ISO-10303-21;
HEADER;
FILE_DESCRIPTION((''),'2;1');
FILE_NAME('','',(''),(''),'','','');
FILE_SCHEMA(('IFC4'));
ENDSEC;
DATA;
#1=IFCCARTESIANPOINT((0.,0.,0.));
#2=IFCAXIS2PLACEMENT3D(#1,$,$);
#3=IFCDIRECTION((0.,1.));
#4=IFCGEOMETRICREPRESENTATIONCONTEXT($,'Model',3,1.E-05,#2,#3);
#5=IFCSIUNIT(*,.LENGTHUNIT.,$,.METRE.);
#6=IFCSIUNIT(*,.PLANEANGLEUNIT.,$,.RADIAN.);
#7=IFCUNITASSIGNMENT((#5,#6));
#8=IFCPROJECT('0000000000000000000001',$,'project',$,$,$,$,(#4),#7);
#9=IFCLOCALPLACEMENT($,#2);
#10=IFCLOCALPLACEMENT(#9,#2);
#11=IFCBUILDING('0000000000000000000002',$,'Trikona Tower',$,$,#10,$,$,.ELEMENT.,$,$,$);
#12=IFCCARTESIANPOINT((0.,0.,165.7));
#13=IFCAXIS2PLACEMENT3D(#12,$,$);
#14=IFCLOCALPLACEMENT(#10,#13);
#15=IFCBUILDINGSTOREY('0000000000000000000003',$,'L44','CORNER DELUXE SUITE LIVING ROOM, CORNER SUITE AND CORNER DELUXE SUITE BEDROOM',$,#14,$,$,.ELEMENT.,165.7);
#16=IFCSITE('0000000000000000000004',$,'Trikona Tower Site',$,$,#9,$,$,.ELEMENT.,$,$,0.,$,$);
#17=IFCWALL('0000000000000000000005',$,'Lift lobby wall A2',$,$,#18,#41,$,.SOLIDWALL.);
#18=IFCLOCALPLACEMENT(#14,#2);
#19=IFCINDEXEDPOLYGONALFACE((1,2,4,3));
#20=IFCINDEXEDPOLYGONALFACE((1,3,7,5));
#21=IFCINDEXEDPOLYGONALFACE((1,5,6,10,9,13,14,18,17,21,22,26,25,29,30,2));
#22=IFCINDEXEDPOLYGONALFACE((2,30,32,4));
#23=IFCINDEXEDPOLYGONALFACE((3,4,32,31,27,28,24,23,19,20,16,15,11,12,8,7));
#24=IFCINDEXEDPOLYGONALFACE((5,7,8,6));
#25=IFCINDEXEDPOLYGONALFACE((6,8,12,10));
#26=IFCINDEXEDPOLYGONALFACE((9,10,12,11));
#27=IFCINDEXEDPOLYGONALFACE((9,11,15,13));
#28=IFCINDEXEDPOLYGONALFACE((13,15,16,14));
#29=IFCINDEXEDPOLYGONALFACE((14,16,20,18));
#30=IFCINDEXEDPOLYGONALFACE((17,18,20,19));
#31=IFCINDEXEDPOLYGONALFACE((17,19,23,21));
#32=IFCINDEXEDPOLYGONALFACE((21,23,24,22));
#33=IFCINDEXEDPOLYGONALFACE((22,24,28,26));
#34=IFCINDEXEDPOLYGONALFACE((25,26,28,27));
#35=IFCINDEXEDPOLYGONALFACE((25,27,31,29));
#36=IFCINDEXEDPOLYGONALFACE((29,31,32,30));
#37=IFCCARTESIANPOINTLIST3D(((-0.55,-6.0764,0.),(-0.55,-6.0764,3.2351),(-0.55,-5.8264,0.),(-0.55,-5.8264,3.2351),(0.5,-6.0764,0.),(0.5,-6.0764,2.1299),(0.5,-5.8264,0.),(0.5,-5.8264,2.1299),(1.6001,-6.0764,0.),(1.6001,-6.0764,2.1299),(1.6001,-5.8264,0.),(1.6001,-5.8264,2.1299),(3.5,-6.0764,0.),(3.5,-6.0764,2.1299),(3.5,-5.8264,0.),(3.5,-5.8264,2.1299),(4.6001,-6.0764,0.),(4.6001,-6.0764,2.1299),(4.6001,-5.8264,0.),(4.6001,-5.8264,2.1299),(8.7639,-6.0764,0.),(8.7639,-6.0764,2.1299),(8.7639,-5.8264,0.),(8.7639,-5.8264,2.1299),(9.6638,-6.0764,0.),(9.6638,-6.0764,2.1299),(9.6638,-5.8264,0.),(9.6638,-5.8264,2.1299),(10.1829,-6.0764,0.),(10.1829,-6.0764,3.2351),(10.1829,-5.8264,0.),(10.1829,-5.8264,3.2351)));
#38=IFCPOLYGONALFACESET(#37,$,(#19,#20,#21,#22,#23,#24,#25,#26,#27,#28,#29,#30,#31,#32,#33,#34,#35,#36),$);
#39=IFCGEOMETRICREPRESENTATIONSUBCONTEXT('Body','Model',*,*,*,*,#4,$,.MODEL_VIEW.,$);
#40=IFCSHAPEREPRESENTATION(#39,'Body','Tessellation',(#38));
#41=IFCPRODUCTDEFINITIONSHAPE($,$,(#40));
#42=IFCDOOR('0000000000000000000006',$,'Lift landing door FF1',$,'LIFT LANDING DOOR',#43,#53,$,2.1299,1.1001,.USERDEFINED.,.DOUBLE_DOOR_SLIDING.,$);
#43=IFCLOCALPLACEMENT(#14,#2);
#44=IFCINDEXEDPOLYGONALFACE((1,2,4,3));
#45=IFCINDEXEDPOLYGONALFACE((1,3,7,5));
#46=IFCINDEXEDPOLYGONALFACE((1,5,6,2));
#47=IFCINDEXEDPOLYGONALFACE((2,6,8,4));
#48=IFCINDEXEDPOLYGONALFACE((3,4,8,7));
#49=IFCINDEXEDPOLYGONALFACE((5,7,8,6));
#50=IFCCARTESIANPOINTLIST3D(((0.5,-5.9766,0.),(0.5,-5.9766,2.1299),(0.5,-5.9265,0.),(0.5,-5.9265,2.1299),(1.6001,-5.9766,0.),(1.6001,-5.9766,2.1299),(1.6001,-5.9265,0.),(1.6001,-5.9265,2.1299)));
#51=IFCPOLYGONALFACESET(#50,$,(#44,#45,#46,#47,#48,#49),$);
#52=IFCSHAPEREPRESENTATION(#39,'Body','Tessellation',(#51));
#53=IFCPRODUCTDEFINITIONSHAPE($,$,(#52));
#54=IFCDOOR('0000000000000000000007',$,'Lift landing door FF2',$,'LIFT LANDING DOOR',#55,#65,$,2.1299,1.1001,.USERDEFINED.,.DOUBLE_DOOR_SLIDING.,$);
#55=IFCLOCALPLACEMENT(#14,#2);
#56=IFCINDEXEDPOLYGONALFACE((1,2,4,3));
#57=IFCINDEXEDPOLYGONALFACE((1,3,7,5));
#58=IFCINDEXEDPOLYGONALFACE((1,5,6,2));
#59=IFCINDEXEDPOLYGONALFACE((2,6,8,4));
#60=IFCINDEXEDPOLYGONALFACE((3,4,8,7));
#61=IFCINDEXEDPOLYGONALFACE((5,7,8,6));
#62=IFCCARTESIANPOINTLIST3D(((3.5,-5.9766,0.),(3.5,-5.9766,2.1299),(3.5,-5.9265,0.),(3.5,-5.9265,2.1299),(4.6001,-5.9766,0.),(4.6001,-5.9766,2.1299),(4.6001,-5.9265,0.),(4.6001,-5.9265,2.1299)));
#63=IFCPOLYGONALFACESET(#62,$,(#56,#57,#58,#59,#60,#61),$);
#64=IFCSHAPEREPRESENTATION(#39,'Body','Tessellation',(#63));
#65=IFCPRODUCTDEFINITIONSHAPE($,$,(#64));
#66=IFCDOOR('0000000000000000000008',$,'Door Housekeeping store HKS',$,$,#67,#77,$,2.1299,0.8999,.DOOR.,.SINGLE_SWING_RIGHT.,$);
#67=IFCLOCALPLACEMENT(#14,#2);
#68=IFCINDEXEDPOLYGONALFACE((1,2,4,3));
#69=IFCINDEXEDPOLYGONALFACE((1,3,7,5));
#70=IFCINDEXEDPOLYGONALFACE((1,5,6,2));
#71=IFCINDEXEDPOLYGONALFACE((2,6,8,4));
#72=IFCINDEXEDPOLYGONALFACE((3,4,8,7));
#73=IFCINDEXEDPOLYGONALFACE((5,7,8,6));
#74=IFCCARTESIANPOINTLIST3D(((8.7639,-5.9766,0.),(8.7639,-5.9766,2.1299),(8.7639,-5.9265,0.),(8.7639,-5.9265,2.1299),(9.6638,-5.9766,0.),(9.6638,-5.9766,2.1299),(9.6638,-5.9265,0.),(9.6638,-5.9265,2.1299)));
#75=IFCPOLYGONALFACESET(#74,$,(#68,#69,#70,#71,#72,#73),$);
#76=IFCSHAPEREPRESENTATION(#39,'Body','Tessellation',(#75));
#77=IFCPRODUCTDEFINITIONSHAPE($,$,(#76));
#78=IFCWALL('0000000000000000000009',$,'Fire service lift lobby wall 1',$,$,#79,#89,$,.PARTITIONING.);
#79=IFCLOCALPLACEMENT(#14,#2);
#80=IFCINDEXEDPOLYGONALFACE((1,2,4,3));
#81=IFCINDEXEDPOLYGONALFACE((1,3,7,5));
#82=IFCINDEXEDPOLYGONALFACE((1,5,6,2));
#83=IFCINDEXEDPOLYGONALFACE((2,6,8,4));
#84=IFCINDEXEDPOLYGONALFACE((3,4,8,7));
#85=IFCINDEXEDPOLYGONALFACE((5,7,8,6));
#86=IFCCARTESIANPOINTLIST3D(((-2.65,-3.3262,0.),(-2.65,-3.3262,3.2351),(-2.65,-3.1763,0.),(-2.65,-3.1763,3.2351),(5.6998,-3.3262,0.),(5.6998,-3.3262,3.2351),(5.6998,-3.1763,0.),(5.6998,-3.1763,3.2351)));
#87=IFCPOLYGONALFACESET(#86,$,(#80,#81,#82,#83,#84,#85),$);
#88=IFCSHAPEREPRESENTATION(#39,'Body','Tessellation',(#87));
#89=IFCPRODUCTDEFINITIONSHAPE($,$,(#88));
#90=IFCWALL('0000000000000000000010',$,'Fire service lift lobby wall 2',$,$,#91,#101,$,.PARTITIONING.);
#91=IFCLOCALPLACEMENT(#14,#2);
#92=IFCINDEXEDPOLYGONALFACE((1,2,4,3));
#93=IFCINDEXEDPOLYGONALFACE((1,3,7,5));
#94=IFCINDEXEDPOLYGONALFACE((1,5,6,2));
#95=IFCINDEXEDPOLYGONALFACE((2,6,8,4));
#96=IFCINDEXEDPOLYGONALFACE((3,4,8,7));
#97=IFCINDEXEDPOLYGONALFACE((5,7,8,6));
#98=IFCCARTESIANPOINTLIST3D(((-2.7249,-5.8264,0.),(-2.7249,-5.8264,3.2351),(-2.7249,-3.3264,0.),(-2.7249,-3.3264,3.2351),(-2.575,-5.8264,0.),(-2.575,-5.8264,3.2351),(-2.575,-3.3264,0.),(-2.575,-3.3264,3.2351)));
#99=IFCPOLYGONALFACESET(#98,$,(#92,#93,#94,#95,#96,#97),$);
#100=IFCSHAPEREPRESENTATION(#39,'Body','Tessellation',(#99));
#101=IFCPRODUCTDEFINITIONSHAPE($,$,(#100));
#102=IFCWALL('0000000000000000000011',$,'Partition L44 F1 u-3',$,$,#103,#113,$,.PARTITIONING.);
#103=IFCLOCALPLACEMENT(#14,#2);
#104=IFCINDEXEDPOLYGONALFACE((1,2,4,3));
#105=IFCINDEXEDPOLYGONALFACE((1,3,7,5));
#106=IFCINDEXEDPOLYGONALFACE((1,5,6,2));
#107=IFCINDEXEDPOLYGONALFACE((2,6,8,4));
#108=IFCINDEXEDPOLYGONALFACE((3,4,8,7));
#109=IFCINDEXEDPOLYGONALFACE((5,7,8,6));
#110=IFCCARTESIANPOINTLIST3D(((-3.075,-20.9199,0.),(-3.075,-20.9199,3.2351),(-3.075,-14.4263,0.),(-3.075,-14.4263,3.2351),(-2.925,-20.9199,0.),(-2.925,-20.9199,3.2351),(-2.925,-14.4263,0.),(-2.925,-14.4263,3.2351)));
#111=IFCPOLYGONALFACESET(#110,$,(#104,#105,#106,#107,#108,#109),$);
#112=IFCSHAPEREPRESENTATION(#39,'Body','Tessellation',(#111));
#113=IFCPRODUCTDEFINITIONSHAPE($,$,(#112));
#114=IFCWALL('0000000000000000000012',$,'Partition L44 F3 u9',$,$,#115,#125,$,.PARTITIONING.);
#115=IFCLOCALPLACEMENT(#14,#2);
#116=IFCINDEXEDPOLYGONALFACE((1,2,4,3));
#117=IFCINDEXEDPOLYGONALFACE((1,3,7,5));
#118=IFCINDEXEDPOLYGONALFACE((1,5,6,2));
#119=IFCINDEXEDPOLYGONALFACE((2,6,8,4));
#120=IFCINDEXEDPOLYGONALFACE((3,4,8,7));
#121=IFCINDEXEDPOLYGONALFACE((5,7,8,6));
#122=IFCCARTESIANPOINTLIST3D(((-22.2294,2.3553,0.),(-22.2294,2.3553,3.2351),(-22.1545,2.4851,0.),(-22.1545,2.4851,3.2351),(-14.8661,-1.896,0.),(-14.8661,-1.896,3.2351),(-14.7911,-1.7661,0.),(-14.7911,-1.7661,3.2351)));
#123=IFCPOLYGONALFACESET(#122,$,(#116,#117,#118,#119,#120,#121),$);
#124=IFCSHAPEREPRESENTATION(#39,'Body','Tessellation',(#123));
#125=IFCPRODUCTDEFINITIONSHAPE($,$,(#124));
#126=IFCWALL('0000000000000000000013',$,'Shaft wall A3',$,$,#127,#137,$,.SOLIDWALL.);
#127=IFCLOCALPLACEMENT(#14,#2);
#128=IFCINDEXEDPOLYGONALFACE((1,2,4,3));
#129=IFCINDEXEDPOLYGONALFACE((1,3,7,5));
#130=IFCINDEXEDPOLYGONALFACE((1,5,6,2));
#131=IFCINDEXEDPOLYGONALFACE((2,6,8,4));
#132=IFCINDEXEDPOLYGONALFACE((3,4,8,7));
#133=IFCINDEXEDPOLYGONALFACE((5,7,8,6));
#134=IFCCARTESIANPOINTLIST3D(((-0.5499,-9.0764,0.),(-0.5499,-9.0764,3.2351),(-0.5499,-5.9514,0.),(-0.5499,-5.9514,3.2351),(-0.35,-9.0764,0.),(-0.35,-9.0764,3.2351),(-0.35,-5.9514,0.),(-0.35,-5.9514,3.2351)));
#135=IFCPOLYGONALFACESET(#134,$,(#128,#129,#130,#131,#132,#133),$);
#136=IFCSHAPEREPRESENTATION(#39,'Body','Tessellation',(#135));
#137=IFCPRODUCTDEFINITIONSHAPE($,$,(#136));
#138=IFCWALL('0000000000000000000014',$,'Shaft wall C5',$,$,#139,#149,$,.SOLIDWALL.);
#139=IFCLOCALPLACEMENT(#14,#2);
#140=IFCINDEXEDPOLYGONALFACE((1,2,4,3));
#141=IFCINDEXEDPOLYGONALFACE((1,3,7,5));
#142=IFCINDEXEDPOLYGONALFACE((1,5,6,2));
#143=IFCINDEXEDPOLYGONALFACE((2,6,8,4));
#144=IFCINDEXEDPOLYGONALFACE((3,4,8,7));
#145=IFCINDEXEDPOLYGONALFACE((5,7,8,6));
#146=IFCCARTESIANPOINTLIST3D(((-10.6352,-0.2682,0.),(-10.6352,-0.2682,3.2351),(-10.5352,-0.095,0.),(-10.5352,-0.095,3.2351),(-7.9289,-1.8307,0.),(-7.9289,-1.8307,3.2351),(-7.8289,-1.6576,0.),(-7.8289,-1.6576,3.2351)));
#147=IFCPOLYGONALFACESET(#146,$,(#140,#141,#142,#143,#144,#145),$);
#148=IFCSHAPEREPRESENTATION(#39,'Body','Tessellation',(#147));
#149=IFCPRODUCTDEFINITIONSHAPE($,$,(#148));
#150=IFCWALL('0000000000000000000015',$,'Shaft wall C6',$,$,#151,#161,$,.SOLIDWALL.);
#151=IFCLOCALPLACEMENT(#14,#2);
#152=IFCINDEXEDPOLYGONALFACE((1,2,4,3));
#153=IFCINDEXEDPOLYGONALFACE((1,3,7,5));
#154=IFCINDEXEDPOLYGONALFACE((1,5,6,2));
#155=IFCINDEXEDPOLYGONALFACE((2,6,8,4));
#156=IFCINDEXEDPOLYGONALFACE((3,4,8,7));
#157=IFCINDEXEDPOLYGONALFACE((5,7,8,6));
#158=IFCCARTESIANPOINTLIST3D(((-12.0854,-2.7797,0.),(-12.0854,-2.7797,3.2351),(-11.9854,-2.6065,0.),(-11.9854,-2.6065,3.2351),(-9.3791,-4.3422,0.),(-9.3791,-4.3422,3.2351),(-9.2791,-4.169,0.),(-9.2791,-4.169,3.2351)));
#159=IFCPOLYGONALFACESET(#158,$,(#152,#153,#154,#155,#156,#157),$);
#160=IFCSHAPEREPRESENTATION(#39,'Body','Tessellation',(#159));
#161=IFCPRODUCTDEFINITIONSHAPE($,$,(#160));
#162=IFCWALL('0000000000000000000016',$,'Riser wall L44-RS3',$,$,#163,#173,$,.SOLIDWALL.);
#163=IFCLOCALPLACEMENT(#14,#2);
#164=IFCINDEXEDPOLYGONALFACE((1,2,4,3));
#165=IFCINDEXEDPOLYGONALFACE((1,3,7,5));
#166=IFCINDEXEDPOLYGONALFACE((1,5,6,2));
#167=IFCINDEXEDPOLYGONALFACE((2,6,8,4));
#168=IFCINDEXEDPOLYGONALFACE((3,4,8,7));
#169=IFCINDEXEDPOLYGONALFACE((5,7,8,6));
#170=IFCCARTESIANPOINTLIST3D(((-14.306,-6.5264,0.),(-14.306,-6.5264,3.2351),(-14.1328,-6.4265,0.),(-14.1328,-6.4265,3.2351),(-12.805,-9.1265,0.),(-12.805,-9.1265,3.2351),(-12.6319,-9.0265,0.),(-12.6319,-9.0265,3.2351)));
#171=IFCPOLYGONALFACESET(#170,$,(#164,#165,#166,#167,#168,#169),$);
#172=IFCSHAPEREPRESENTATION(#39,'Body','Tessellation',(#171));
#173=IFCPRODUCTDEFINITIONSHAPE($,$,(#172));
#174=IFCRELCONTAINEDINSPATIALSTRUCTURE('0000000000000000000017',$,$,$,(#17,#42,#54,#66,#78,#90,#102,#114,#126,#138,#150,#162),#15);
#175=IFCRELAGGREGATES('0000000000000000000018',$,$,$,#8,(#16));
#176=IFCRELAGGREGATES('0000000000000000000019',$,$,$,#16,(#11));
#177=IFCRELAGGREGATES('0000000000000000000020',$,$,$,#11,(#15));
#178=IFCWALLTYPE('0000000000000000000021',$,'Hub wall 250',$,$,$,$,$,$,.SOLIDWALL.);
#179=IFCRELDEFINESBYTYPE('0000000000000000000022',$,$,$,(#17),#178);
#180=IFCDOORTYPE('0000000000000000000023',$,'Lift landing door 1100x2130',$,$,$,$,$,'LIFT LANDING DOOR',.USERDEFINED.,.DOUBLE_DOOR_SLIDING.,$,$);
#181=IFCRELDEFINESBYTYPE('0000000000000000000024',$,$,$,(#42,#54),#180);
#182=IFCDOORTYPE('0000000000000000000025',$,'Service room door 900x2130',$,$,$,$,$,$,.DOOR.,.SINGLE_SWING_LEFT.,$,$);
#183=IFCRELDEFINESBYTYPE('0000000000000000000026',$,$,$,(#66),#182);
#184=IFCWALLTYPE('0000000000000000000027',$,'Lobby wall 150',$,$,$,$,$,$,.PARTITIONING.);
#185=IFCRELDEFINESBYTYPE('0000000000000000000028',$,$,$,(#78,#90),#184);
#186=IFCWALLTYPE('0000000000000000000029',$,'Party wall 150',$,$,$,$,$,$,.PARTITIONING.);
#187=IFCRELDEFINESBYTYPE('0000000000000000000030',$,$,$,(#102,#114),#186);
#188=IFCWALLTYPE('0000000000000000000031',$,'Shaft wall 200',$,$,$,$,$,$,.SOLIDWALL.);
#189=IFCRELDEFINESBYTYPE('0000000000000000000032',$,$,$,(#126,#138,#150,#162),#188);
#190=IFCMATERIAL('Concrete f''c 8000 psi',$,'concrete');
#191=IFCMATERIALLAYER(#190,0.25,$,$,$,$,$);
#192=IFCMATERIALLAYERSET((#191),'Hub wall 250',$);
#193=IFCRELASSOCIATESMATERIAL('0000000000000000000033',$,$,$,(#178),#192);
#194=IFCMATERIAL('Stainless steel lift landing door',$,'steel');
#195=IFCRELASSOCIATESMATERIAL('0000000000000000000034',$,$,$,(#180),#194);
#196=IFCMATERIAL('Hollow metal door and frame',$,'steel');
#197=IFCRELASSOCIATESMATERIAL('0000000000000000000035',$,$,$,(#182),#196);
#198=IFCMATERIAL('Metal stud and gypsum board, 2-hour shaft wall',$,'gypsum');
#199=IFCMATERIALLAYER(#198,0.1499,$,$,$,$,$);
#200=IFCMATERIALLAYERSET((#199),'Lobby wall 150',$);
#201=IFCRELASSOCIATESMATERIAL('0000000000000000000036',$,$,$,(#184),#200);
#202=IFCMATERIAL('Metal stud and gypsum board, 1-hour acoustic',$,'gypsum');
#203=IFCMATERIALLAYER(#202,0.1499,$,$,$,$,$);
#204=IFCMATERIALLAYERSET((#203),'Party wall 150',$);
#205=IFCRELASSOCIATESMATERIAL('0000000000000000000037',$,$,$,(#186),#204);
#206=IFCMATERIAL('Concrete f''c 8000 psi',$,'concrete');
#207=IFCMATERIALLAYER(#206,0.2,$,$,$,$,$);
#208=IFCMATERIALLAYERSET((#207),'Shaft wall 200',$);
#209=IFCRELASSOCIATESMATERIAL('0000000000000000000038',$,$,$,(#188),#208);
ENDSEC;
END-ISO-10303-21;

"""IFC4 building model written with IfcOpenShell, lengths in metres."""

from ifc_helpers import new_model, si_unit, direction, frame, frame_2d, origin, place, context, subcontext, project, spatial, rectangle, extrude, material, layer, layer_set, type_object, element, fill, save


model = new_model("IFC4")

# Units and contexts
model_context = context("Model", 3, precision=1e-05, world=origin(), true_north=direction((0.0, 1.0)))
body_context = subcontext(model_context, "Body", "Model", "MODEL_VIEW")
ifc_project = project(units=[si_unit("LENGTHUNIT", "METRE"), si_unit("PLANEANGLEUNIT", "RADIAN")], contexts=[model_context])

# Site, building, storey
site_placement = place(None, origin())
site = spatial("IfcSite", under=ifc_project, at=site_placement, Name="Trikona Tower Site", CompositionType="ELEMENT", RefElevation=0.0)
building_placement = place(site_placement, origin())
building = spatial("IfcBuilding", under=site, at=building_placement, Name="Trikona Tower", CompositionType="ELEMENT")
storey_placement = place(building_placement, frame((0.0, 0.0, 165.7)))
storey = spatial("IfcBuildingStorey", under=building, at=storey_placement, Name="L44", Description="CORNER DELUXE SUITE LIVING ROOM, CORNER SUITE AND CORNER DELUXE SUITE BEDROOM", CompositionType="ELEMENT", Elevation=165.7)

# Shared definitions
ifc_material_1 = material(Name="Concrete f'c 8000 psi", Category="concrete")
ifc_layer_1 = layer(ifc_material_1, 0.25)
ifc_layer_set_1 = layer_set([ifc_layer_1], Name="Hub wall 250")
wall_type_1 = type_object("IfcWallType", Name="Hub wall 250", PredefinedType="SOLIDWALL", material=ifc_layer_set_1)

# Wall, openings, doors
wall_1_placement = place(storey_placement, frame((-0.55, -5.9514, 0.0), z_axis=(0.0, 0.0, 1.0), x_axis=(1.0, 0.0, 0.0)))
wall_1 = element("IfcWall", 1, at=wall_1_placement, inside=storey, type_object=wall_type_1, Name="Lift lobby wall A2", PredefinedType="SOLIDWALL", context=body_context, shape_type="SweptSolid", body=[
    extrude(rectangle(XDim=10.7329, YDim=0.25, at=frame_2d((5.3665, 0.0))), origin(), (0.0, 0.0, 1.0), 3.2351),
])
opening_1_placement = place(wall_1_placement, frame((9.314, 0.0, 0.0)))
opening_1 = element("IfcOpeningElement", 2, at=opening_1_placement, cuts=wall_1, PredefinedType="OPENING", context=body_context, shape_type="SweptSolid", body=[
    extrude(rectangle(XDim=0.8999, YDim=2.1299, at=frame_2d((0.45, 1.0649))), frame((0.0, 0.135, 0.0), z_axis=(0.0, -1.0, 0.0), x_axis=(1.0, 0.0, 0.0)), (0.0, 0.0, 1.0), 0.27),
])
opening_2_placement = place(wall_1_placement, frame((1.05, 0.0, 0.0)))
opening_2 = element("IfcOpeningElement", 3, at=opening_2_placement, cuts=wall_1, PredefinedType="OPENING", context=body_context, shape_type="SweptSolid", body=[
    extrude(rectangle(XDim=1.1001, YDim=2.1299, at=frame_2d((0.55, 1.0649))), frame((0.0, 0.135, 0.0), z_axis=(0.0, -1.0, 0.0), x_axis=(1.0, 0.0, 0.0)), (0.0, 0.0, 1.0), 0.27),
])
opening_3_placement = place(wall_1_placement, frame((4.05, 0.0, 0.0)))
opening_3 = element("IfcOpeningElement", 4, at=opening_3_placement, cuts=wall_1, PredefinedType="OPENING", context=body_context, shape_type="SweptSolid", body=[
    extrude(rectangle(XDim=1.1001, YDim=2.1299, at=frame_2d((0.55, 1.0649))), frame((0.0, 0.135, 0.0), z_axis=(0.0, -1.0, 0.0), x_axis=(1.0, 0.0, 0.0)), (0.0, 0.0, 1.0), 0.27),
])
ifc_material_2 = material(Name="Stainless steel lift landing door", Category="steel")
door_type_1 = type_object("IfcDoorType", Name="Lift landing door 1100x2130", ElementType="LIFT LANDING DOOR", OperationType="DOUBLE_DOOR_SLIDING", PredefinedType="USERDEFINED", material=ifc_material_2)
door_1_placement = place(opening_2_placement, origin())
door_1 = element("IfcDoor", 5, at=door_1_placement, inside=storey, type_object=door_type_1, Name="Lift landing door FF1", ObjectType="LIFT LANDING DOOR", OperationType="DOUBLE_DOOR_SLIDING", OverallHeight=2.1299, OverallWidth=1.1001, PredefinedType="USERDEFINED", context=body_context, shape_type="SweptSolid", body=[
    extrude(rectangle(XDim=1.1001, YDim=2.1299, at=frame_2d((0.55, 1.0649))), frame((0.0, 0.0249, 0.0), z_axis=(0.0, -1.0, 0.0), x_axis=(1.0, 0.0, 0.0)), (0.0, 0.0, 1.0), 0.05),
])
fill(opening_2, door_1)
door_2_placement = place(opening_3_placement, origin())
door_2 = element("IfcDoor", 6, at=door_2_placement, inside=storey, type_object=door_type_1, Name="Lift landing door FF2", ObjectType="LIFT LANDING DOOR", OperationType="DOUBLE_DOOR_SLIDING", OverallHeight=2.1299, OverallWidth=1.1001, PredefinedType="USERDEFINED", context=body_context, shape_type="SweptSolid", body=[
    extrude(rectangle(XDim=1.1001, YDim=2.1299, at=frame_2d((0.55, 1.0649))), frame((0.0, 0.0249, 0.0), z_axis=(0.0, -1.0, 0.0), x_axis=(1.0, 0.0, 0.0)), (0.0, 0.0, 1.0), 0.05),
])
fill(opening_3, door_2)
ifc_material_3 = material(Name="Hollow metal door and frame", Category="steel")
door_type_2 = type_object("IfcDoorType", Name="Service room door 900x2130", OperationType="SINGLE_SWING_LEFT", PredefinedType="DOOR", material=ifc_material_3)
door_3_placement = place(opening_1_placement, origin())
door_3 = element("IfcDoor", 7, at=door_3_placement, inside=storey, type_object=door_type_2, Name="Door Housekeeping store HKS", OperationType="SINGLE_SWING_RIGHT", OverallHeight=2.1299, OverallWidth=0.8999, PredefinedType="DOOR", context=body_context, shape_type="SweptSolid", body=[
    extrude(rectangle(XDim=0.8999, YDim=2.1299, at=frame_2d((0.45, 1.0649))), frame((0.0, 0.0249, 0.0), z_axis=(0.0, -1.0, 0.0), x_axis=(1.0, 0.0, 0.0)), (0.0, 0.0, 1.0), 0.05),
])
fill(opening_1, door_3)

# Walls
ifc_material_4 = material(Name="Metal stud and gypsum board, 2-hour shaft wall", Category="gypsum")
ifc_layer_2 = layer(ifc_material_4, 0.1499)
ifc_layer_set_2 = layer_set([ifc_layer_2], Name="Lobby wall 150")
wall_type_2 = type_object("IfcWallType", Name="Lobby wall 150", PredefinedType="PARTITIONING", material=ifc_layer_set_2)
wall_2_placement = place(storey_placement, frame((-2.6499, -3.2512, 0.0), z_axis=(0.0, 0.0, 1.0), x_axis=(1.0, 0.0, 0.0)))
element("IfcWall", 8, at=wall_2_placement, inside=storey, type_object=wall_type_2, Name="Fire service lift lobby wall 1", PredefinedType="PARTITIONING", context=body_context, shape_type="SweptSolid", body=[
    extrude(rectangle(XDim=8.3499, YDim=0.1499, at=frame_2d((4.1748, 0.0))), origin(), (0.0, 0.0, 1.0), 3.2351),
])
wall_3_placement = place(storey_placement, frame((-2.6499, -5.8264, 0.0), z_axis=(0.0, 0.0, 1.0), x_axis=(0.0, 1.0, 0.0)))
element("IfcWall", 9, at=wall_3_placement, inside=storey, type_object=wall_type_2, Name="Fire service lift lobby wall 2", PredefinedType="PARTITIONING", context=body_context, shape_type="SweptSolid", body=[
    extrude(rectangle(XDim=2.5, YDim=0.1499, at=frame_2d((1.25, 0.0))), origin(), (0.0, 0.0, 1.0), 3.2351),
])
ifc_material_5 = material(Name="Metal stud and gypsum board, 1-hour acoustic", Category="gypsum")
ifc_layer_3 = layer(ifc_material_5, 0.1499)
ifc_layer_set_3 = layer_set([ifc_layer_3], Name="Party wall 150")
wall_type_3 = type_object("IfcWallType", Name="Party wall 150", PredefinedType="PARTITIONING", material=ifc_layer_set_3)
wall_4_placement = place(storey_placement, frame((-3.0, -14.4263, 0.0), z_axis=(0.0, 0.0, 1.0), x_axis=(0.0, -1.0, 0.0)))
element("IfcWall", 10, at=wall_4_placement, inside=storey, type_object=wall_type_3, Name="Partition L44 F1 u-3", PredefinedType="PARTITIONING", context=body_context, shape_type="SweptSolid", body=[
    extrude(rectangle(XDim=6.4937, YDim=0.1499, at=frame_2d((3.2468, 0.0))), origin(), (0.0, 0.0, 1.0), 3.2351),
])
wall_5_placement = place(storey_placement, frame((-14.8286, -1.8311, 0.0), z_axis=(0.0, 0.0, 1.0), x_axis=(-0.866024, 0.500002, 0.0)))
element("IfcWall", 11, at=wall_5_placement, inside=storey, type_object=wall_type_3, Name="Partition L44 F3 u9", PredefinedType="PARTITIONING", context=body_context, shape_type="SweptSolid", body=[
    extrude(rectangle(XDim=8.5024, YDim=0.1499, at=frame_2d((4.2512, 0.0))), origin(), (0.0, 0.0, 1.0), 3.2351),
])
ifc_material_6 = material(Name="Concrete f'c 8000 psi", Category="concrete")
ifc_layer_4 = layer(ifc_material_6, 0.2)
ifc_layer_set_4 = layer_set([ifc_layer_4], Name="Shaft wall 200")
wall_type_4 = type_object("IfcWallType", Name="Shaft wall 200", PredefinedType="SOLIDWALL", material=ifc_layer_set_4)
for number, where, z_axis, x_axis, name in (
    (12, (-0.45, -5.9514, 0.0), (0.0, 0.0, 1.0), (0.0, -1.0, 0.0), "Shaft wall A3"),
    (13, (-7.8789, -1.7441, 0.0), (0.0, 0.0, 1.0), (-0.866023, 0.500004, 0.0), "Shaft wall C5"),
    (14, (-9.3291, -4.2556, 0.0), (0.0, 0.0, 1.0), (-0.866023, 0.500004, 0.0), "Shaft wall C6"),
):
    element("IfcWall", number, at=place(storey_placement, frame(where, z_axis=z_axis, x_axis=x_axis)), inside=storey, type_object=wall_type_4, Name=name, PredefinedType="SOLIDWALL", context=body_context, shape_type="SweptSolid", body=[
        extrude(rectangle(XDim=3.125, YDim=0.2, at=frame_2d((1.5625, 0.0))), origin(), (0.0, 0.0, 1.0), 3.2351),
    ])
wall_6_placement = place(storey_placement, frame((-12.7185, -9.0764, 0.0), z_axis=(0.0, 0.0, 1.0), x_axis=(-0.499952, 0.866053, 0.0)))
element("IfcWall", 15, at=wall_6_placement, inside=storey, type_object=wall_type_4, Name="Riser wall L44-RS3", PredefinedType="SOLIDWALL", context=body_context, shape_type="SweptSolid", body=[
    extrude(rectangle(XDim=3.0022, YDim=0.2, at=frame_2d((1.501, 0.0))), origin(), (0.0, 0.0, 1.0), 3.2351),
])

save(model, "model.ifc")
